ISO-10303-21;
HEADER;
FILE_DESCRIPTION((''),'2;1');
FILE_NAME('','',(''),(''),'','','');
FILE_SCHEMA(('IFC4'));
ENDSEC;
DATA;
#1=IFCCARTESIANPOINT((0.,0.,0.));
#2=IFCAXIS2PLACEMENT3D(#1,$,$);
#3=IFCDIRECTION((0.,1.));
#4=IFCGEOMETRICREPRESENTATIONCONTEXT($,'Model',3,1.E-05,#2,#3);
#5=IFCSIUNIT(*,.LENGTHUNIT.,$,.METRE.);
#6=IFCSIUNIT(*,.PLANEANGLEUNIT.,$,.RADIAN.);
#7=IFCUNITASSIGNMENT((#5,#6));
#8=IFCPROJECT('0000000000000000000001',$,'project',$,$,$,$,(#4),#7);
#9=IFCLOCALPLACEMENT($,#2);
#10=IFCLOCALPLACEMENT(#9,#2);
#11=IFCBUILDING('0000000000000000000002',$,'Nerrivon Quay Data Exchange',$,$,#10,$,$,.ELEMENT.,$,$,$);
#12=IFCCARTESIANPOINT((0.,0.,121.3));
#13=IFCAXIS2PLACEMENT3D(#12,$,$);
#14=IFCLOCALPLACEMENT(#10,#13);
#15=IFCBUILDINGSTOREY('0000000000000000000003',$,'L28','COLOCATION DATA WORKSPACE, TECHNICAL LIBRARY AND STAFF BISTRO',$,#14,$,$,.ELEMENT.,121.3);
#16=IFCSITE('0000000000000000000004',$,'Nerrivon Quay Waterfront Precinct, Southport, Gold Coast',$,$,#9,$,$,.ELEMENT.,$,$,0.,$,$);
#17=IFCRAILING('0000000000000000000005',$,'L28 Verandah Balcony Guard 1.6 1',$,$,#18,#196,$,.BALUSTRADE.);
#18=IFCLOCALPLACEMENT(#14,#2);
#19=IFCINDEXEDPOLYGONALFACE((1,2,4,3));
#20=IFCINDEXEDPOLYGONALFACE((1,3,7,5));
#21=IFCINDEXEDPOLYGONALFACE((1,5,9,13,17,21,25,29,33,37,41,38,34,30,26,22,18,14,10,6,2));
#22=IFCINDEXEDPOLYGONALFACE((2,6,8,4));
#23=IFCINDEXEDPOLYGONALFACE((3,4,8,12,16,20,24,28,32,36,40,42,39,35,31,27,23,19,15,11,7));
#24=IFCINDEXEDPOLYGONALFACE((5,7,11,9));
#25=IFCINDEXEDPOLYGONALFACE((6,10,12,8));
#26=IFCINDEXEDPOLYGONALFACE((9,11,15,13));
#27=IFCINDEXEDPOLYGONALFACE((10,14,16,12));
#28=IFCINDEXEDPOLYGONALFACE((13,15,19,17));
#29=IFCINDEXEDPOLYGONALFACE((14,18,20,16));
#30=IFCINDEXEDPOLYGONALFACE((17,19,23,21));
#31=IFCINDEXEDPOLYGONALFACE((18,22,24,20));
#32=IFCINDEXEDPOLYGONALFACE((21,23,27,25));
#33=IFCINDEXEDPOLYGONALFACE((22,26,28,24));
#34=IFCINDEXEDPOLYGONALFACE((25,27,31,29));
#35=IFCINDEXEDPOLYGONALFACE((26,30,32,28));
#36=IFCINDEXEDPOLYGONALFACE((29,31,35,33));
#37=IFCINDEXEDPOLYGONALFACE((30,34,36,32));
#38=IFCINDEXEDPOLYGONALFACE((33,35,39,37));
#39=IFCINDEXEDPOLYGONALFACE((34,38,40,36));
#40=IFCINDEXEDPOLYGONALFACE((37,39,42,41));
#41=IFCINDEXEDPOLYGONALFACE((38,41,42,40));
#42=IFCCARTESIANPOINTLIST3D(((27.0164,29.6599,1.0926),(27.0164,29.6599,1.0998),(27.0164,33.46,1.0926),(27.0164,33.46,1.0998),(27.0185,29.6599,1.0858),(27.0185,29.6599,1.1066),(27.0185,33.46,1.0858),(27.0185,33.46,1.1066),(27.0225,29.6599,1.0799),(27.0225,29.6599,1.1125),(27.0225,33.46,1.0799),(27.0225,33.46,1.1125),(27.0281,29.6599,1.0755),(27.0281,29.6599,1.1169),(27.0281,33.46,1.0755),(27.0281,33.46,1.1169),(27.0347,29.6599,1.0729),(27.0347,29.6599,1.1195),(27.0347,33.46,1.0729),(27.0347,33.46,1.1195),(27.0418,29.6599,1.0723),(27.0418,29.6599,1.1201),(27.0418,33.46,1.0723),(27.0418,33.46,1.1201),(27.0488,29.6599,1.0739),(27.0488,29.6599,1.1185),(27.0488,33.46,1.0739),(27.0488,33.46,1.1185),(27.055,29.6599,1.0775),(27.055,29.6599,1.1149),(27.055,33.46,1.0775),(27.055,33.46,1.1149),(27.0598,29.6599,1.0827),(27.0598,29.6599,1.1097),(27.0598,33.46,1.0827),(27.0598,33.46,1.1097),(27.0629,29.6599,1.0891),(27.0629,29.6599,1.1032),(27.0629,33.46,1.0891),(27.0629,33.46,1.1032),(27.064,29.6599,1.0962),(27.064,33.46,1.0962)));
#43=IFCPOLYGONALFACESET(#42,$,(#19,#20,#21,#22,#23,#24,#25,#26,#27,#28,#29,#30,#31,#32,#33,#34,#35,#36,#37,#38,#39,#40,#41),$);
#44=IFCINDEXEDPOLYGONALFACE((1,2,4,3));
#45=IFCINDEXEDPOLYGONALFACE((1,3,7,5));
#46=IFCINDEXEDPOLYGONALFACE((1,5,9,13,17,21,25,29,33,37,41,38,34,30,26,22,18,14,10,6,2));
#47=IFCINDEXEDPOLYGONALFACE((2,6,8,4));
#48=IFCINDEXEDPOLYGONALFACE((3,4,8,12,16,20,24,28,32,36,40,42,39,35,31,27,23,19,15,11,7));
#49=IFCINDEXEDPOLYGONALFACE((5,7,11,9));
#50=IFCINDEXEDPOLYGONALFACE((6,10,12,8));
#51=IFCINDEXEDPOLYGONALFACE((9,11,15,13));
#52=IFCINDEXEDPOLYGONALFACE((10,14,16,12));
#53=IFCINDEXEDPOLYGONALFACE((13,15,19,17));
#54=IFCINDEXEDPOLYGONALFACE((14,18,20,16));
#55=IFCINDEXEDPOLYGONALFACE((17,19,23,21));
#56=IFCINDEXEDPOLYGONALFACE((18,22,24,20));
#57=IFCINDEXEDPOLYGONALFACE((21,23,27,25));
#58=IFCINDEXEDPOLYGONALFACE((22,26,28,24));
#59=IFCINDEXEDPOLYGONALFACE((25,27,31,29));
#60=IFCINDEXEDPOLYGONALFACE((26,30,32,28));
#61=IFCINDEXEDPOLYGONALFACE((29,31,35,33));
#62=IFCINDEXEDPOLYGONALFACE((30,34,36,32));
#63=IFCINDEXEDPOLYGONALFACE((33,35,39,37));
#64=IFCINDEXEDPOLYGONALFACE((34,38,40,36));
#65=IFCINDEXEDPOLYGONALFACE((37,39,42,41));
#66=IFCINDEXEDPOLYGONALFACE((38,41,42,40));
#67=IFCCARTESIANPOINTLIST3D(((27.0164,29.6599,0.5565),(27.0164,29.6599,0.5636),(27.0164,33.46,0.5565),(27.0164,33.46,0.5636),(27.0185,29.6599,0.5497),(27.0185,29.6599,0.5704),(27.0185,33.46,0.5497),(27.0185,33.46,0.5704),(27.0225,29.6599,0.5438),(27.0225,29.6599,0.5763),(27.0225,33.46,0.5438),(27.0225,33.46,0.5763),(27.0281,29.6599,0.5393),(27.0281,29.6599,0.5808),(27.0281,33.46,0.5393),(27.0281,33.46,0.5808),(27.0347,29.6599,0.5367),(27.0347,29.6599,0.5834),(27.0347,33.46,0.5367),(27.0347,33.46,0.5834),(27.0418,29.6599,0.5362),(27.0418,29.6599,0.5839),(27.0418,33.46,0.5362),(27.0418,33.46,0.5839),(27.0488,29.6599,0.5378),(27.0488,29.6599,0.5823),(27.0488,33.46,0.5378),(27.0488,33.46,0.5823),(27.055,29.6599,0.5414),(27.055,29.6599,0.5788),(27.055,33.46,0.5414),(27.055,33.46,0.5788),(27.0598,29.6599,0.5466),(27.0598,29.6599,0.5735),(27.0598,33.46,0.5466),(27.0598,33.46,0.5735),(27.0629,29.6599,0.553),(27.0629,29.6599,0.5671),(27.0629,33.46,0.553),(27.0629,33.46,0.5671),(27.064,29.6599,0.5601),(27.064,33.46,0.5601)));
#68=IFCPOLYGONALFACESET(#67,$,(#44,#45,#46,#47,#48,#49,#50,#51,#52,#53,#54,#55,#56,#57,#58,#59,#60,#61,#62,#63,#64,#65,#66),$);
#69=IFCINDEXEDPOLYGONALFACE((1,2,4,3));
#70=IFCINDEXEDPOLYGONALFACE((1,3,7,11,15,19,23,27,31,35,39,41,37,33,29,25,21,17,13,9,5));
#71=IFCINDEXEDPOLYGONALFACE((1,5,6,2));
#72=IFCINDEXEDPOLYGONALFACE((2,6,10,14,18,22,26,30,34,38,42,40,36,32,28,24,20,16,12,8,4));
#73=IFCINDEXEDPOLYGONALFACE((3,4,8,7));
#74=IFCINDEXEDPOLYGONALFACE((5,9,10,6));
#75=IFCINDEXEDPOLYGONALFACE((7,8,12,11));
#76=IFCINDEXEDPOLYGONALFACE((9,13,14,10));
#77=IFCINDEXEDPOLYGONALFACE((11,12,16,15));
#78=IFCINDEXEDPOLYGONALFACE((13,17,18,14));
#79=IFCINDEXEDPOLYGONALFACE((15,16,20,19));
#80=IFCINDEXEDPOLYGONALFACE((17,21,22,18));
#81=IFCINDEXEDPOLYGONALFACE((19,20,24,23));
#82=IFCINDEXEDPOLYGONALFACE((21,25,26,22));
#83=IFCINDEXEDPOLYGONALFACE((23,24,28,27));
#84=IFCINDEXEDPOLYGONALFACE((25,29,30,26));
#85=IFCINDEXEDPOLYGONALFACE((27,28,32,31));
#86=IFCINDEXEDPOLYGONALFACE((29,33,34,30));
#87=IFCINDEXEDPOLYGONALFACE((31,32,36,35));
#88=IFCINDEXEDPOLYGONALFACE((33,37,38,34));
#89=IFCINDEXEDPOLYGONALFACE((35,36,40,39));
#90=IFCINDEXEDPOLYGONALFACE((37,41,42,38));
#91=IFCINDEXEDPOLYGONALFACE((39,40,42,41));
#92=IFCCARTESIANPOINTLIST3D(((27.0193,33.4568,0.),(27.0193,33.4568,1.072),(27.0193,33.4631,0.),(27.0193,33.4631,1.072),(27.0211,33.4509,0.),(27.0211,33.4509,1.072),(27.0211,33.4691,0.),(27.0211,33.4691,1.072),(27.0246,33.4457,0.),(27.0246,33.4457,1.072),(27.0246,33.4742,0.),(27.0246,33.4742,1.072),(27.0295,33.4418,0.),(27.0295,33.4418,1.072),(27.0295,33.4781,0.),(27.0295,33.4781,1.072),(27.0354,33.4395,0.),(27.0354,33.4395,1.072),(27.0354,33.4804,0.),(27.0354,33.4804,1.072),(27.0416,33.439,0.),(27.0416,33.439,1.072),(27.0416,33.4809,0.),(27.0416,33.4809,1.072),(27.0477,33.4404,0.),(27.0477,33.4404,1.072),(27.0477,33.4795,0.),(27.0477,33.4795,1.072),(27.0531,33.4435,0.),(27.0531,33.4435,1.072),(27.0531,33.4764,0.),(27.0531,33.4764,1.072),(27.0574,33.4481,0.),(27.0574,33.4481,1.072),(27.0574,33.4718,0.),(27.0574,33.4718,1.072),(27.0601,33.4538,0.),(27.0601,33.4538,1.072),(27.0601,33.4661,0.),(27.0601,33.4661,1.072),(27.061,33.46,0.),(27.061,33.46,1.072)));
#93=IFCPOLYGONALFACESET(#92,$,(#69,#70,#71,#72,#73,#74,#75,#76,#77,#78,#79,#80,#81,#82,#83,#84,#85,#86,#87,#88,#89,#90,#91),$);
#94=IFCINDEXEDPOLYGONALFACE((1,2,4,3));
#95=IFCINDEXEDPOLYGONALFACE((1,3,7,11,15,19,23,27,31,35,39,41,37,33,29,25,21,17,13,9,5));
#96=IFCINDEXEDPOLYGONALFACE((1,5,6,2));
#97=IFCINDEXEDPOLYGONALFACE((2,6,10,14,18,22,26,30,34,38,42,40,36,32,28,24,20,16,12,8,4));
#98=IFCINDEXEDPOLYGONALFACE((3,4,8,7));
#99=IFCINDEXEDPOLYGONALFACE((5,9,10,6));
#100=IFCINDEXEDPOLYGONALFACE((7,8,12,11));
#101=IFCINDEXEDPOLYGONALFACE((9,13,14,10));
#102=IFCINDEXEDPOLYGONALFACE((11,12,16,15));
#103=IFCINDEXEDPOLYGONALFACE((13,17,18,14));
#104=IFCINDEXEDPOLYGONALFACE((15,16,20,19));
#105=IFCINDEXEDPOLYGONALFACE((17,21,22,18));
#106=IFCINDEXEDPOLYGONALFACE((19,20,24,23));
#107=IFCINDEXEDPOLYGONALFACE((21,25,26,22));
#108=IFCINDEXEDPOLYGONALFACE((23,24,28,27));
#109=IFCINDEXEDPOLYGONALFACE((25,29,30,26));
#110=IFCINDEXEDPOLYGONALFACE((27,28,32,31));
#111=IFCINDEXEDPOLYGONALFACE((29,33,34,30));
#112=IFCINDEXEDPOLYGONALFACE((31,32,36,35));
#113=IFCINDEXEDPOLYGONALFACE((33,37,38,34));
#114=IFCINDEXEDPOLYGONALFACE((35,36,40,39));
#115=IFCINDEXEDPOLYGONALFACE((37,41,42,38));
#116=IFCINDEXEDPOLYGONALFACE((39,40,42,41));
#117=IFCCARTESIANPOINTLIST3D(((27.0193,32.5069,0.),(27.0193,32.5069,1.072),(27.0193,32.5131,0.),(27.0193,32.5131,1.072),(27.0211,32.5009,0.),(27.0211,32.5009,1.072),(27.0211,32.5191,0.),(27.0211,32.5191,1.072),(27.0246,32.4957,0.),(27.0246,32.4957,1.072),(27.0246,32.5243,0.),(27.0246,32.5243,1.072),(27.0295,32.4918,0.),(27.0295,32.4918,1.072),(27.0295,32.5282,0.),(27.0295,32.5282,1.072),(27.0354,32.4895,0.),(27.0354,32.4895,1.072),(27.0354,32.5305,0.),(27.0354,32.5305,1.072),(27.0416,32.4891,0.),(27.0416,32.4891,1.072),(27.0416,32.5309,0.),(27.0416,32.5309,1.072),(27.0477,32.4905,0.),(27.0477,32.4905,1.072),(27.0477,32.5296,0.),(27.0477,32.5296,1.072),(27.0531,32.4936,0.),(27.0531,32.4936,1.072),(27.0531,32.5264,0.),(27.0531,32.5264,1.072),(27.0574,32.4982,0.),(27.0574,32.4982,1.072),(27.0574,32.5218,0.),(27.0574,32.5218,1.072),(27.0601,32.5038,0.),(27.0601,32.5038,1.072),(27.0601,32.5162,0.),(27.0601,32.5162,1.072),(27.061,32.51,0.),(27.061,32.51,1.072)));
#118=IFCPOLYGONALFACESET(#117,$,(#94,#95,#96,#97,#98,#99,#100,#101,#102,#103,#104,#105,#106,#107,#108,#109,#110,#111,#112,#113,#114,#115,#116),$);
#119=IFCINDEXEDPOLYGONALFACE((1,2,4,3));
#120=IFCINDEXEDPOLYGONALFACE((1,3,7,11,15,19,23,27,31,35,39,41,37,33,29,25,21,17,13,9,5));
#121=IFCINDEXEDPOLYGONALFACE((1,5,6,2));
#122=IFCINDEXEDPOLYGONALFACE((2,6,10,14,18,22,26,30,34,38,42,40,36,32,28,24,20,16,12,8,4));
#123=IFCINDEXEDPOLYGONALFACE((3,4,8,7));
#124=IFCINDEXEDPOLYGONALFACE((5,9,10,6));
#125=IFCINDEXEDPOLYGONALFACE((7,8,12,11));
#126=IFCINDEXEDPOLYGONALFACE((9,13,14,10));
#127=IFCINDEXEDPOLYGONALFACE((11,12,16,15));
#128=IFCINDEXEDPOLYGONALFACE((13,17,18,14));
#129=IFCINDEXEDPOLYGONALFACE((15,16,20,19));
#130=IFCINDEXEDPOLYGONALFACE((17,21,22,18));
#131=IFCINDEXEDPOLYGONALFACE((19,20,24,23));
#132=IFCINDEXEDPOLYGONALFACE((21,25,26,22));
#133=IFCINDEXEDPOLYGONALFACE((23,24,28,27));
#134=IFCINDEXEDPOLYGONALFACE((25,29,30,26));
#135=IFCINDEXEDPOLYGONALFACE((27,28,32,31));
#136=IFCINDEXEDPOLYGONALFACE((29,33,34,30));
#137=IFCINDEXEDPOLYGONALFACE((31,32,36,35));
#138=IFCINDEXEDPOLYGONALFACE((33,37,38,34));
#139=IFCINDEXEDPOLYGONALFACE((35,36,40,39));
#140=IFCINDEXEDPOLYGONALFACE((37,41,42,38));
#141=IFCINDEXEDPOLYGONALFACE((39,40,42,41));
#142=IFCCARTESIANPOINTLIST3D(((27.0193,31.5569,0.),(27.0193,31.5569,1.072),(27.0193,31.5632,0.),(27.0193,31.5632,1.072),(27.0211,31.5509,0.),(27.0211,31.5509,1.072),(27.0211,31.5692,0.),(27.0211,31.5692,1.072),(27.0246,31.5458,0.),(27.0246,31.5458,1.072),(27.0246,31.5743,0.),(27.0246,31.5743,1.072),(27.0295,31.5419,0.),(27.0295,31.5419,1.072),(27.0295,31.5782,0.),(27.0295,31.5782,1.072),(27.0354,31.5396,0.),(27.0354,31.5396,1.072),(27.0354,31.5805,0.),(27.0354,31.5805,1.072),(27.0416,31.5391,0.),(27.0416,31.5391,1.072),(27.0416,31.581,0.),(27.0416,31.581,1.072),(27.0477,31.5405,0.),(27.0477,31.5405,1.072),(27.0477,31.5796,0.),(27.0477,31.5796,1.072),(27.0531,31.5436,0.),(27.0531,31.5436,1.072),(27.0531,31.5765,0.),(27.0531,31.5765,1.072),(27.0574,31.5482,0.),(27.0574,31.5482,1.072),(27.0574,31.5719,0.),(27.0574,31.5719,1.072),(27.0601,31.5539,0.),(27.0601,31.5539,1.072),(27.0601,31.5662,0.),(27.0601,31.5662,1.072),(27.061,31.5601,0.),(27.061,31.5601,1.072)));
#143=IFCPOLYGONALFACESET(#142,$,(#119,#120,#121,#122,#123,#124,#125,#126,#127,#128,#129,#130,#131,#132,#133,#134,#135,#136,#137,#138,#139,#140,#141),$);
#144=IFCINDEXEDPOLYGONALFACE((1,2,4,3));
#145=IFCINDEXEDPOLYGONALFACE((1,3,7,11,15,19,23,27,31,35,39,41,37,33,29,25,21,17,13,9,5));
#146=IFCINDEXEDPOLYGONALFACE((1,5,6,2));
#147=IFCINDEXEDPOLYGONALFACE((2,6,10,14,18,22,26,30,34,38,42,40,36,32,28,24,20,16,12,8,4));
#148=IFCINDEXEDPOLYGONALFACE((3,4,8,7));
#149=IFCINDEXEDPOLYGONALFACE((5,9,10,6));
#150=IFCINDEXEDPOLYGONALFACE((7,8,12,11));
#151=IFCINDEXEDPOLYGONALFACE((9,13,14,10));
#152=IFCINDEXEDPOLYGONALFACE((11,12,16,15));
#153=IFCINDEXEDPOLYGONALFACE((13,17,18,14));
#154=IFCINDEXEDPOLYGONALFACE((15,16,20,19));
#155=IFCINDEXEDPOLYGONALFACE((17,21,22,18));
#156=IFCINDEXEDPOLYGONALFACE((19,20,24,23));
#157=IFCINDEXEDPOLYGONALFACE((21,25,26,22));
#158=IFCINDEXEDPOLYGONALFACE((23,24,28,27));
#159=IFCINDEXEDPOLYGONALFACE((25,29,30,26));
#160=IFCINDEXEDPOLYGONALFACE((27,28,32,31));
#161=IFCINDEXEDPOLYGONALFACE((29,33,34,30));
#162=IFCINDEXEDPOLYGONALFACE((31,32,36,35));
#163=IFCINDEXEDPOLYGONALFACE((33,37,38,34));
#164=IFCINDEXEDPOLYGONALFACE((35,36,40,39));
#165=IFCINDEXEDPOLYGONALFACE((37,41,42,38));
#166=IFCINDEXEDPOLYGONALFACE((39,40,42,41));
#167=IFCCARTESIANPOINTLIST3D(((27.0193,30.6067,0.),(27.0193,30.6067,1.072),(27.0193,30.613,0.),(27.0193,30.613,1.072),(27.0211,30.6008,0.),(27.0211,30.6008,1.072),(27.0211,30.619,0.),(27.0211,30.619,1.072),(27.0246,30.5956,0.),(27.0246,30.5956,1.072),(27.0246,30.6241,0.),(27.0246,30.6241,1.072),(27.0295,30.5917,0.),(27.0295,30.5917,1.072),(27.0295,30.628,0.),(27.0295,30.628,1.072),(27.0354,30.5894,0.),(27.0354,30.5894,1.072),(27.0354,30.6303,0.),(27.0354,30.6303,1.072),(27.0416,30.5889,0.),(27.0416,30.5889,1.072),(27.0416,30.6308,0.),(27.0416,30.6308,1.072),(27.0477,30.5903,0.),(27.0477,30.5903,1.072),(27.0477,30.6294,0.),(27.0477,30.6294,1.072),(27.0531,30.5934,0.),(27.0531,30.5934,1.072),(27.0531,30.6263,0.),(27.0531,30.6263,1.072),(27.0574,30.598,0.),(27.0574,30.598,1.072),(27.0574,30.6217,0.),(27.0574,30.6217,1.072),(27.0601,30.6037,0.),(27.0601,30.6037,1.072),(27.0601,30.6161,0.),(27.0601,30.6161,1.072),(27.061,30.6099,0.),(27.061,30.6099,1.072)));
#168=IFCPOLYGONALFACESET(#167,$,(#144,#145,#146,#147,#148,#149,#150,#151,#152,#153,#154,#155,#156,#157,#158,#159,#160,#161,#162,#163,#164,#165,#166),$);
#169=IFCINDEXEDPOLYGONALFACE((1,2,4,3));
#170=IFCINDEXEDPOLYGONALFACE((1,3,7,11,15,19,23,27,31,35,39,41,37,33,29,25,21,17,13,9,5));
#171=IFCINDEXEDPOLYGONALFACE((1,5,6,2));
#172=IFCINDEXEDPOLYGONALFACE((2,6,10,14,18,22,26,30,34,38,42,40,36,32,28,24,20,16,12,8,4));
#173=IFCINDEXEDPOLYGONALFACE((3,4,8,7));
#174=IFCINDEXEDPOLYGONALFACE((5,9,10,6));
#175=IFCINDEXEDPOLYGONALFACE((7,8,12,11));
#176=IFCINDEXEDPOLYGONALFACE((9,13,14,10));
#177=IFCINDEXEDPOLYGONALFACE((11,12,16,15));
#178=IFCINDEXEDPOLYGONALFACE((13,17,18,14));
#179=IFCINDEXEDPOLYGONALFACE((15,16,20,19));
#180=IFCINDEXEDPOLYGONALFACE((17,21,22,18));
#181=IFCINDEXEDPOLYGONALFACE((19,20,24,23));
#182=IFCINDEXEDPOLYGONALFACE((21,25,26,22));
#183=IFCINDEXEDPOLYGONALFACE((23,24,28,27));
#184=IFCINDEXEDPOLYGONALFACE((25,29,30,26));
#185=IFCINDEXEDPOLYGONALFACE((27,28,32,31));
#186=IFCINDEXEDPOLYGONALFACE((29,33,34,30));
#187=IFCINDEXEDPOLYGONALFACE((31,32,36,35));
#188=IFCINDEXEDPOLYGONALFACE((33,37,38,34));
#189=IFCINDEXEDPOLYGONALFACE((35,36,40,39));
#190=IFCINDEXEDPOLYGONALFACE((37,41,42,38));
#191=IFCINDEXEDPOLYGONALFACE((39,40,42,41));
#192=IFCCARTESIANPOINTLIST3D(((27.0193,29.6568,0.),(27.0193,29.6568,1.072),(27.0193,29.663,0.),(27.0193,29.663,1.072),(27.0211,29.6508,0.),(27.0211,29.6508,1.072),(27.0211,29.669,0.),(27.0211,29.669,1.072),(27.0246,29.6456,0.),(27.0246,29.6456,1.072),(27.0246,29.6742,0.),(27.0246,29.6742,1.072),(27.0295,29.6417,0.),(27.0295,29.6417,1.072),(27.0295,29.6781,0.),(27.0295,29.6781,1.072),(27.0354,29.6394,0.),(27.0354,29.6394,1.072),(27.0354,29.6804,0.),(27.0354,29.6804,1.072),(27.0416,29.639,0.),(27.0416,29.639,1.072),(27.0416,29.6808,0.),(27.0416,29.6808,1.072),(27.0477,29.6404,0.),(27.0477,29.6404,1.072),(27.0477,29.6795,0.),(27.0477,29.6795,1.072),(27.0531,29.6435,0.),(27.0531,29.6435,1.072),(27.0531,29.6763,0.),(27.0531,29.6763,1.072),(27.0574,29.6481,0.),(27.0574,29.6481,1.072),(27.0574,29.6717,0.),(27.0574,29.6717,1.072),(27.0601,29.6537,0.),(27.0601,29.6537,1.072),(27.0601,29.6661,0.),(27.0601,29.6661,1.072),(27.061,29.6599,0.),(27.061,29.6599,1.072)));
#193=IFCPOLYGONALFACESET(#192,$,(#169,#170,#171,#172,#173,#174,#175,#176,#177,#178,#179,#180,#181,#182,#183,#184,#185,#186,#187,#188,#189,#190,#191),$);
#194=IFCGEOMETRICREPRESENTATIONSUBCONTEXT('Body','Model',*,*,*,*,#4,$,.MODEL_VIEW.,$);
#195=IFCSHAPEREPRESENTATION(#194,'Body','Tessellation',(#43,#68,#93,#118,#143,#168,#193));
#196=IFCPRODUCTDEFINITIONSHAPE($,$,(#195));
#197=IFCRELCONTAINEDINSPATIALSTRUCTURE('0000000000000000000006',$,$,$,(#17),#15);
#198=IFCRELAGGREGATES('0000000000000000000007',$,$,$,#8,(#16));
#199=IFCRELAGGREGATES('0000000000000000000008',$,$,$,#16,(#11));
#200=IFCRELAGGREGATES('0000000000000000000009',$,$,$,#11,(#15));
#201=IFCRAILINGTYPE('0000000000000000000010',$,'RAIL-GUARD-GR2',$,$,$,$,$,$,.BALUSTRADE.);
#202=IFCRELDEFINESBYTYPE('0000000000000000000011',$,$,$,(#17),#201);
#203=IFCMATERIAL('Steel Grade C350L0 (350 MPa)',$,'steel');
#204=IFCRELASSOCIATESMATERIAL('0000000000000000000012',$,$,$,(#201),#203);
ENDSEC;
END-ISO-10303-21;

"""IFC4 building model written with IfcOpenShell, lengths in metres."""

from ifc_helpers import new_model, si_unit, direction, frame, origin, origin_2d, place, context, subcontext, project, spatial, circle, extrude, material, type_object, element, save


model = new_model("IFC4")

# Units and contexts
model_context = context("Model", 3, precision=1e-05, world=origin(), true_north=direction((0.0, 1.0)))
body_context = subcontext(model_context, "Body", "Model", "MODEL_VIEW")
ifc_project = project(units=[si_unit("LENGTHUNIT", "METRE"), si_unit("PLANEANGLEUNIT", "RADIAN")], contexts=[model_context])

# Site, building, storey
site_placement = place(None, origin())
site = spatial("IfcSite", under=ifc_project, at=site_placement, Name="Nerrivon Quay Waterfront Precinct, Southport, Gold Coast", CompositionType="ELEMENT", RefElevation=0.0)
building_placement = place(site_placement, origin())
building = spatial("IfcBuilding", under=site, at=building_placement, Name="Nerrivon Quay Data Exchange", CompositionType="ELEMENT")
storey_placement = place(building_placement, frame((0.0, 0.0, 121.3)))
storey = spatial("IfcBuildingStorey", under=building, at=storey_placement, Name="L28", Description="COLOCATION DATA WORKSPACE, TECHNICAL LIBRARY AND STAFF BISTRO", CompositionType="ELEMENT", Elevation=121.3)

# Railing
ifc_material_1 = material(Name="Steel Grade C350L0 (350 MPa)", Category="steel")
railing_type = type_object("IfcRailingType", Name="RAIL-GUARD-GR2", PredefinedType="BALUSTRADE", material=ifc_material_1)
railing_1_placement = place(storey_placement, frame((27.04, 33.46, 0.0)))
element("IfcRailing", 1, at=railing_1_placement, inside=storey, type_object=railing_type, Name="L28 Verandah Balcony Guard 1.6 1", PredefinedType="BALUSTRADE", context=body_context, shape_type="SweptSolid", body=[
    extrude(circle(Radius=0.0239, at=origin_2d()), frame((0.0, 0.0, 1.0962), z_axis=(0.0, -1.0, 0.0), x_axis=(1.0, 0.0, 0.0)), (0.0, 0.0, 1.0), 3.8),
    extrude(circle(Radius=0.0239, at=origin_2d()), frame((0.0, 0.0, 0.5601), z_axis=(0.0, -1.0, 0.0), x_axis=(1.0, 0.0, 0.0)), (0.0, 0.0, 1.0), 3.8),
    extrude(circle(Radius=0.021, at=origin_2d()), origin(), (0.0, 0.0, 1.0), 1.072),
    extrude(circle(Radius=0.021, at=origin_2d()), frame((0.0, -0.95, 0.0)), (0.0, 0.0, 1.0), 1.072),
    extrude(circle(Radius=0.021, at=origin_2d()), frame((0.0, -1.8999, 0.0)), (0.0, 0.0, 1.0), 1.072),
    extrude(circle(Radius=0.021, at=origin_2d()), frame((0.0, -2.8501, 0.0)), (0.0, 0.0, 1.0), 1.072),
    extrude(circle(Radius=0.021, at=origin_2d()), frame((0.0, -3.8, 0.0)), (0.0, 0.0, 1.0), 1.072),
])

save(model, "model.ifc")
